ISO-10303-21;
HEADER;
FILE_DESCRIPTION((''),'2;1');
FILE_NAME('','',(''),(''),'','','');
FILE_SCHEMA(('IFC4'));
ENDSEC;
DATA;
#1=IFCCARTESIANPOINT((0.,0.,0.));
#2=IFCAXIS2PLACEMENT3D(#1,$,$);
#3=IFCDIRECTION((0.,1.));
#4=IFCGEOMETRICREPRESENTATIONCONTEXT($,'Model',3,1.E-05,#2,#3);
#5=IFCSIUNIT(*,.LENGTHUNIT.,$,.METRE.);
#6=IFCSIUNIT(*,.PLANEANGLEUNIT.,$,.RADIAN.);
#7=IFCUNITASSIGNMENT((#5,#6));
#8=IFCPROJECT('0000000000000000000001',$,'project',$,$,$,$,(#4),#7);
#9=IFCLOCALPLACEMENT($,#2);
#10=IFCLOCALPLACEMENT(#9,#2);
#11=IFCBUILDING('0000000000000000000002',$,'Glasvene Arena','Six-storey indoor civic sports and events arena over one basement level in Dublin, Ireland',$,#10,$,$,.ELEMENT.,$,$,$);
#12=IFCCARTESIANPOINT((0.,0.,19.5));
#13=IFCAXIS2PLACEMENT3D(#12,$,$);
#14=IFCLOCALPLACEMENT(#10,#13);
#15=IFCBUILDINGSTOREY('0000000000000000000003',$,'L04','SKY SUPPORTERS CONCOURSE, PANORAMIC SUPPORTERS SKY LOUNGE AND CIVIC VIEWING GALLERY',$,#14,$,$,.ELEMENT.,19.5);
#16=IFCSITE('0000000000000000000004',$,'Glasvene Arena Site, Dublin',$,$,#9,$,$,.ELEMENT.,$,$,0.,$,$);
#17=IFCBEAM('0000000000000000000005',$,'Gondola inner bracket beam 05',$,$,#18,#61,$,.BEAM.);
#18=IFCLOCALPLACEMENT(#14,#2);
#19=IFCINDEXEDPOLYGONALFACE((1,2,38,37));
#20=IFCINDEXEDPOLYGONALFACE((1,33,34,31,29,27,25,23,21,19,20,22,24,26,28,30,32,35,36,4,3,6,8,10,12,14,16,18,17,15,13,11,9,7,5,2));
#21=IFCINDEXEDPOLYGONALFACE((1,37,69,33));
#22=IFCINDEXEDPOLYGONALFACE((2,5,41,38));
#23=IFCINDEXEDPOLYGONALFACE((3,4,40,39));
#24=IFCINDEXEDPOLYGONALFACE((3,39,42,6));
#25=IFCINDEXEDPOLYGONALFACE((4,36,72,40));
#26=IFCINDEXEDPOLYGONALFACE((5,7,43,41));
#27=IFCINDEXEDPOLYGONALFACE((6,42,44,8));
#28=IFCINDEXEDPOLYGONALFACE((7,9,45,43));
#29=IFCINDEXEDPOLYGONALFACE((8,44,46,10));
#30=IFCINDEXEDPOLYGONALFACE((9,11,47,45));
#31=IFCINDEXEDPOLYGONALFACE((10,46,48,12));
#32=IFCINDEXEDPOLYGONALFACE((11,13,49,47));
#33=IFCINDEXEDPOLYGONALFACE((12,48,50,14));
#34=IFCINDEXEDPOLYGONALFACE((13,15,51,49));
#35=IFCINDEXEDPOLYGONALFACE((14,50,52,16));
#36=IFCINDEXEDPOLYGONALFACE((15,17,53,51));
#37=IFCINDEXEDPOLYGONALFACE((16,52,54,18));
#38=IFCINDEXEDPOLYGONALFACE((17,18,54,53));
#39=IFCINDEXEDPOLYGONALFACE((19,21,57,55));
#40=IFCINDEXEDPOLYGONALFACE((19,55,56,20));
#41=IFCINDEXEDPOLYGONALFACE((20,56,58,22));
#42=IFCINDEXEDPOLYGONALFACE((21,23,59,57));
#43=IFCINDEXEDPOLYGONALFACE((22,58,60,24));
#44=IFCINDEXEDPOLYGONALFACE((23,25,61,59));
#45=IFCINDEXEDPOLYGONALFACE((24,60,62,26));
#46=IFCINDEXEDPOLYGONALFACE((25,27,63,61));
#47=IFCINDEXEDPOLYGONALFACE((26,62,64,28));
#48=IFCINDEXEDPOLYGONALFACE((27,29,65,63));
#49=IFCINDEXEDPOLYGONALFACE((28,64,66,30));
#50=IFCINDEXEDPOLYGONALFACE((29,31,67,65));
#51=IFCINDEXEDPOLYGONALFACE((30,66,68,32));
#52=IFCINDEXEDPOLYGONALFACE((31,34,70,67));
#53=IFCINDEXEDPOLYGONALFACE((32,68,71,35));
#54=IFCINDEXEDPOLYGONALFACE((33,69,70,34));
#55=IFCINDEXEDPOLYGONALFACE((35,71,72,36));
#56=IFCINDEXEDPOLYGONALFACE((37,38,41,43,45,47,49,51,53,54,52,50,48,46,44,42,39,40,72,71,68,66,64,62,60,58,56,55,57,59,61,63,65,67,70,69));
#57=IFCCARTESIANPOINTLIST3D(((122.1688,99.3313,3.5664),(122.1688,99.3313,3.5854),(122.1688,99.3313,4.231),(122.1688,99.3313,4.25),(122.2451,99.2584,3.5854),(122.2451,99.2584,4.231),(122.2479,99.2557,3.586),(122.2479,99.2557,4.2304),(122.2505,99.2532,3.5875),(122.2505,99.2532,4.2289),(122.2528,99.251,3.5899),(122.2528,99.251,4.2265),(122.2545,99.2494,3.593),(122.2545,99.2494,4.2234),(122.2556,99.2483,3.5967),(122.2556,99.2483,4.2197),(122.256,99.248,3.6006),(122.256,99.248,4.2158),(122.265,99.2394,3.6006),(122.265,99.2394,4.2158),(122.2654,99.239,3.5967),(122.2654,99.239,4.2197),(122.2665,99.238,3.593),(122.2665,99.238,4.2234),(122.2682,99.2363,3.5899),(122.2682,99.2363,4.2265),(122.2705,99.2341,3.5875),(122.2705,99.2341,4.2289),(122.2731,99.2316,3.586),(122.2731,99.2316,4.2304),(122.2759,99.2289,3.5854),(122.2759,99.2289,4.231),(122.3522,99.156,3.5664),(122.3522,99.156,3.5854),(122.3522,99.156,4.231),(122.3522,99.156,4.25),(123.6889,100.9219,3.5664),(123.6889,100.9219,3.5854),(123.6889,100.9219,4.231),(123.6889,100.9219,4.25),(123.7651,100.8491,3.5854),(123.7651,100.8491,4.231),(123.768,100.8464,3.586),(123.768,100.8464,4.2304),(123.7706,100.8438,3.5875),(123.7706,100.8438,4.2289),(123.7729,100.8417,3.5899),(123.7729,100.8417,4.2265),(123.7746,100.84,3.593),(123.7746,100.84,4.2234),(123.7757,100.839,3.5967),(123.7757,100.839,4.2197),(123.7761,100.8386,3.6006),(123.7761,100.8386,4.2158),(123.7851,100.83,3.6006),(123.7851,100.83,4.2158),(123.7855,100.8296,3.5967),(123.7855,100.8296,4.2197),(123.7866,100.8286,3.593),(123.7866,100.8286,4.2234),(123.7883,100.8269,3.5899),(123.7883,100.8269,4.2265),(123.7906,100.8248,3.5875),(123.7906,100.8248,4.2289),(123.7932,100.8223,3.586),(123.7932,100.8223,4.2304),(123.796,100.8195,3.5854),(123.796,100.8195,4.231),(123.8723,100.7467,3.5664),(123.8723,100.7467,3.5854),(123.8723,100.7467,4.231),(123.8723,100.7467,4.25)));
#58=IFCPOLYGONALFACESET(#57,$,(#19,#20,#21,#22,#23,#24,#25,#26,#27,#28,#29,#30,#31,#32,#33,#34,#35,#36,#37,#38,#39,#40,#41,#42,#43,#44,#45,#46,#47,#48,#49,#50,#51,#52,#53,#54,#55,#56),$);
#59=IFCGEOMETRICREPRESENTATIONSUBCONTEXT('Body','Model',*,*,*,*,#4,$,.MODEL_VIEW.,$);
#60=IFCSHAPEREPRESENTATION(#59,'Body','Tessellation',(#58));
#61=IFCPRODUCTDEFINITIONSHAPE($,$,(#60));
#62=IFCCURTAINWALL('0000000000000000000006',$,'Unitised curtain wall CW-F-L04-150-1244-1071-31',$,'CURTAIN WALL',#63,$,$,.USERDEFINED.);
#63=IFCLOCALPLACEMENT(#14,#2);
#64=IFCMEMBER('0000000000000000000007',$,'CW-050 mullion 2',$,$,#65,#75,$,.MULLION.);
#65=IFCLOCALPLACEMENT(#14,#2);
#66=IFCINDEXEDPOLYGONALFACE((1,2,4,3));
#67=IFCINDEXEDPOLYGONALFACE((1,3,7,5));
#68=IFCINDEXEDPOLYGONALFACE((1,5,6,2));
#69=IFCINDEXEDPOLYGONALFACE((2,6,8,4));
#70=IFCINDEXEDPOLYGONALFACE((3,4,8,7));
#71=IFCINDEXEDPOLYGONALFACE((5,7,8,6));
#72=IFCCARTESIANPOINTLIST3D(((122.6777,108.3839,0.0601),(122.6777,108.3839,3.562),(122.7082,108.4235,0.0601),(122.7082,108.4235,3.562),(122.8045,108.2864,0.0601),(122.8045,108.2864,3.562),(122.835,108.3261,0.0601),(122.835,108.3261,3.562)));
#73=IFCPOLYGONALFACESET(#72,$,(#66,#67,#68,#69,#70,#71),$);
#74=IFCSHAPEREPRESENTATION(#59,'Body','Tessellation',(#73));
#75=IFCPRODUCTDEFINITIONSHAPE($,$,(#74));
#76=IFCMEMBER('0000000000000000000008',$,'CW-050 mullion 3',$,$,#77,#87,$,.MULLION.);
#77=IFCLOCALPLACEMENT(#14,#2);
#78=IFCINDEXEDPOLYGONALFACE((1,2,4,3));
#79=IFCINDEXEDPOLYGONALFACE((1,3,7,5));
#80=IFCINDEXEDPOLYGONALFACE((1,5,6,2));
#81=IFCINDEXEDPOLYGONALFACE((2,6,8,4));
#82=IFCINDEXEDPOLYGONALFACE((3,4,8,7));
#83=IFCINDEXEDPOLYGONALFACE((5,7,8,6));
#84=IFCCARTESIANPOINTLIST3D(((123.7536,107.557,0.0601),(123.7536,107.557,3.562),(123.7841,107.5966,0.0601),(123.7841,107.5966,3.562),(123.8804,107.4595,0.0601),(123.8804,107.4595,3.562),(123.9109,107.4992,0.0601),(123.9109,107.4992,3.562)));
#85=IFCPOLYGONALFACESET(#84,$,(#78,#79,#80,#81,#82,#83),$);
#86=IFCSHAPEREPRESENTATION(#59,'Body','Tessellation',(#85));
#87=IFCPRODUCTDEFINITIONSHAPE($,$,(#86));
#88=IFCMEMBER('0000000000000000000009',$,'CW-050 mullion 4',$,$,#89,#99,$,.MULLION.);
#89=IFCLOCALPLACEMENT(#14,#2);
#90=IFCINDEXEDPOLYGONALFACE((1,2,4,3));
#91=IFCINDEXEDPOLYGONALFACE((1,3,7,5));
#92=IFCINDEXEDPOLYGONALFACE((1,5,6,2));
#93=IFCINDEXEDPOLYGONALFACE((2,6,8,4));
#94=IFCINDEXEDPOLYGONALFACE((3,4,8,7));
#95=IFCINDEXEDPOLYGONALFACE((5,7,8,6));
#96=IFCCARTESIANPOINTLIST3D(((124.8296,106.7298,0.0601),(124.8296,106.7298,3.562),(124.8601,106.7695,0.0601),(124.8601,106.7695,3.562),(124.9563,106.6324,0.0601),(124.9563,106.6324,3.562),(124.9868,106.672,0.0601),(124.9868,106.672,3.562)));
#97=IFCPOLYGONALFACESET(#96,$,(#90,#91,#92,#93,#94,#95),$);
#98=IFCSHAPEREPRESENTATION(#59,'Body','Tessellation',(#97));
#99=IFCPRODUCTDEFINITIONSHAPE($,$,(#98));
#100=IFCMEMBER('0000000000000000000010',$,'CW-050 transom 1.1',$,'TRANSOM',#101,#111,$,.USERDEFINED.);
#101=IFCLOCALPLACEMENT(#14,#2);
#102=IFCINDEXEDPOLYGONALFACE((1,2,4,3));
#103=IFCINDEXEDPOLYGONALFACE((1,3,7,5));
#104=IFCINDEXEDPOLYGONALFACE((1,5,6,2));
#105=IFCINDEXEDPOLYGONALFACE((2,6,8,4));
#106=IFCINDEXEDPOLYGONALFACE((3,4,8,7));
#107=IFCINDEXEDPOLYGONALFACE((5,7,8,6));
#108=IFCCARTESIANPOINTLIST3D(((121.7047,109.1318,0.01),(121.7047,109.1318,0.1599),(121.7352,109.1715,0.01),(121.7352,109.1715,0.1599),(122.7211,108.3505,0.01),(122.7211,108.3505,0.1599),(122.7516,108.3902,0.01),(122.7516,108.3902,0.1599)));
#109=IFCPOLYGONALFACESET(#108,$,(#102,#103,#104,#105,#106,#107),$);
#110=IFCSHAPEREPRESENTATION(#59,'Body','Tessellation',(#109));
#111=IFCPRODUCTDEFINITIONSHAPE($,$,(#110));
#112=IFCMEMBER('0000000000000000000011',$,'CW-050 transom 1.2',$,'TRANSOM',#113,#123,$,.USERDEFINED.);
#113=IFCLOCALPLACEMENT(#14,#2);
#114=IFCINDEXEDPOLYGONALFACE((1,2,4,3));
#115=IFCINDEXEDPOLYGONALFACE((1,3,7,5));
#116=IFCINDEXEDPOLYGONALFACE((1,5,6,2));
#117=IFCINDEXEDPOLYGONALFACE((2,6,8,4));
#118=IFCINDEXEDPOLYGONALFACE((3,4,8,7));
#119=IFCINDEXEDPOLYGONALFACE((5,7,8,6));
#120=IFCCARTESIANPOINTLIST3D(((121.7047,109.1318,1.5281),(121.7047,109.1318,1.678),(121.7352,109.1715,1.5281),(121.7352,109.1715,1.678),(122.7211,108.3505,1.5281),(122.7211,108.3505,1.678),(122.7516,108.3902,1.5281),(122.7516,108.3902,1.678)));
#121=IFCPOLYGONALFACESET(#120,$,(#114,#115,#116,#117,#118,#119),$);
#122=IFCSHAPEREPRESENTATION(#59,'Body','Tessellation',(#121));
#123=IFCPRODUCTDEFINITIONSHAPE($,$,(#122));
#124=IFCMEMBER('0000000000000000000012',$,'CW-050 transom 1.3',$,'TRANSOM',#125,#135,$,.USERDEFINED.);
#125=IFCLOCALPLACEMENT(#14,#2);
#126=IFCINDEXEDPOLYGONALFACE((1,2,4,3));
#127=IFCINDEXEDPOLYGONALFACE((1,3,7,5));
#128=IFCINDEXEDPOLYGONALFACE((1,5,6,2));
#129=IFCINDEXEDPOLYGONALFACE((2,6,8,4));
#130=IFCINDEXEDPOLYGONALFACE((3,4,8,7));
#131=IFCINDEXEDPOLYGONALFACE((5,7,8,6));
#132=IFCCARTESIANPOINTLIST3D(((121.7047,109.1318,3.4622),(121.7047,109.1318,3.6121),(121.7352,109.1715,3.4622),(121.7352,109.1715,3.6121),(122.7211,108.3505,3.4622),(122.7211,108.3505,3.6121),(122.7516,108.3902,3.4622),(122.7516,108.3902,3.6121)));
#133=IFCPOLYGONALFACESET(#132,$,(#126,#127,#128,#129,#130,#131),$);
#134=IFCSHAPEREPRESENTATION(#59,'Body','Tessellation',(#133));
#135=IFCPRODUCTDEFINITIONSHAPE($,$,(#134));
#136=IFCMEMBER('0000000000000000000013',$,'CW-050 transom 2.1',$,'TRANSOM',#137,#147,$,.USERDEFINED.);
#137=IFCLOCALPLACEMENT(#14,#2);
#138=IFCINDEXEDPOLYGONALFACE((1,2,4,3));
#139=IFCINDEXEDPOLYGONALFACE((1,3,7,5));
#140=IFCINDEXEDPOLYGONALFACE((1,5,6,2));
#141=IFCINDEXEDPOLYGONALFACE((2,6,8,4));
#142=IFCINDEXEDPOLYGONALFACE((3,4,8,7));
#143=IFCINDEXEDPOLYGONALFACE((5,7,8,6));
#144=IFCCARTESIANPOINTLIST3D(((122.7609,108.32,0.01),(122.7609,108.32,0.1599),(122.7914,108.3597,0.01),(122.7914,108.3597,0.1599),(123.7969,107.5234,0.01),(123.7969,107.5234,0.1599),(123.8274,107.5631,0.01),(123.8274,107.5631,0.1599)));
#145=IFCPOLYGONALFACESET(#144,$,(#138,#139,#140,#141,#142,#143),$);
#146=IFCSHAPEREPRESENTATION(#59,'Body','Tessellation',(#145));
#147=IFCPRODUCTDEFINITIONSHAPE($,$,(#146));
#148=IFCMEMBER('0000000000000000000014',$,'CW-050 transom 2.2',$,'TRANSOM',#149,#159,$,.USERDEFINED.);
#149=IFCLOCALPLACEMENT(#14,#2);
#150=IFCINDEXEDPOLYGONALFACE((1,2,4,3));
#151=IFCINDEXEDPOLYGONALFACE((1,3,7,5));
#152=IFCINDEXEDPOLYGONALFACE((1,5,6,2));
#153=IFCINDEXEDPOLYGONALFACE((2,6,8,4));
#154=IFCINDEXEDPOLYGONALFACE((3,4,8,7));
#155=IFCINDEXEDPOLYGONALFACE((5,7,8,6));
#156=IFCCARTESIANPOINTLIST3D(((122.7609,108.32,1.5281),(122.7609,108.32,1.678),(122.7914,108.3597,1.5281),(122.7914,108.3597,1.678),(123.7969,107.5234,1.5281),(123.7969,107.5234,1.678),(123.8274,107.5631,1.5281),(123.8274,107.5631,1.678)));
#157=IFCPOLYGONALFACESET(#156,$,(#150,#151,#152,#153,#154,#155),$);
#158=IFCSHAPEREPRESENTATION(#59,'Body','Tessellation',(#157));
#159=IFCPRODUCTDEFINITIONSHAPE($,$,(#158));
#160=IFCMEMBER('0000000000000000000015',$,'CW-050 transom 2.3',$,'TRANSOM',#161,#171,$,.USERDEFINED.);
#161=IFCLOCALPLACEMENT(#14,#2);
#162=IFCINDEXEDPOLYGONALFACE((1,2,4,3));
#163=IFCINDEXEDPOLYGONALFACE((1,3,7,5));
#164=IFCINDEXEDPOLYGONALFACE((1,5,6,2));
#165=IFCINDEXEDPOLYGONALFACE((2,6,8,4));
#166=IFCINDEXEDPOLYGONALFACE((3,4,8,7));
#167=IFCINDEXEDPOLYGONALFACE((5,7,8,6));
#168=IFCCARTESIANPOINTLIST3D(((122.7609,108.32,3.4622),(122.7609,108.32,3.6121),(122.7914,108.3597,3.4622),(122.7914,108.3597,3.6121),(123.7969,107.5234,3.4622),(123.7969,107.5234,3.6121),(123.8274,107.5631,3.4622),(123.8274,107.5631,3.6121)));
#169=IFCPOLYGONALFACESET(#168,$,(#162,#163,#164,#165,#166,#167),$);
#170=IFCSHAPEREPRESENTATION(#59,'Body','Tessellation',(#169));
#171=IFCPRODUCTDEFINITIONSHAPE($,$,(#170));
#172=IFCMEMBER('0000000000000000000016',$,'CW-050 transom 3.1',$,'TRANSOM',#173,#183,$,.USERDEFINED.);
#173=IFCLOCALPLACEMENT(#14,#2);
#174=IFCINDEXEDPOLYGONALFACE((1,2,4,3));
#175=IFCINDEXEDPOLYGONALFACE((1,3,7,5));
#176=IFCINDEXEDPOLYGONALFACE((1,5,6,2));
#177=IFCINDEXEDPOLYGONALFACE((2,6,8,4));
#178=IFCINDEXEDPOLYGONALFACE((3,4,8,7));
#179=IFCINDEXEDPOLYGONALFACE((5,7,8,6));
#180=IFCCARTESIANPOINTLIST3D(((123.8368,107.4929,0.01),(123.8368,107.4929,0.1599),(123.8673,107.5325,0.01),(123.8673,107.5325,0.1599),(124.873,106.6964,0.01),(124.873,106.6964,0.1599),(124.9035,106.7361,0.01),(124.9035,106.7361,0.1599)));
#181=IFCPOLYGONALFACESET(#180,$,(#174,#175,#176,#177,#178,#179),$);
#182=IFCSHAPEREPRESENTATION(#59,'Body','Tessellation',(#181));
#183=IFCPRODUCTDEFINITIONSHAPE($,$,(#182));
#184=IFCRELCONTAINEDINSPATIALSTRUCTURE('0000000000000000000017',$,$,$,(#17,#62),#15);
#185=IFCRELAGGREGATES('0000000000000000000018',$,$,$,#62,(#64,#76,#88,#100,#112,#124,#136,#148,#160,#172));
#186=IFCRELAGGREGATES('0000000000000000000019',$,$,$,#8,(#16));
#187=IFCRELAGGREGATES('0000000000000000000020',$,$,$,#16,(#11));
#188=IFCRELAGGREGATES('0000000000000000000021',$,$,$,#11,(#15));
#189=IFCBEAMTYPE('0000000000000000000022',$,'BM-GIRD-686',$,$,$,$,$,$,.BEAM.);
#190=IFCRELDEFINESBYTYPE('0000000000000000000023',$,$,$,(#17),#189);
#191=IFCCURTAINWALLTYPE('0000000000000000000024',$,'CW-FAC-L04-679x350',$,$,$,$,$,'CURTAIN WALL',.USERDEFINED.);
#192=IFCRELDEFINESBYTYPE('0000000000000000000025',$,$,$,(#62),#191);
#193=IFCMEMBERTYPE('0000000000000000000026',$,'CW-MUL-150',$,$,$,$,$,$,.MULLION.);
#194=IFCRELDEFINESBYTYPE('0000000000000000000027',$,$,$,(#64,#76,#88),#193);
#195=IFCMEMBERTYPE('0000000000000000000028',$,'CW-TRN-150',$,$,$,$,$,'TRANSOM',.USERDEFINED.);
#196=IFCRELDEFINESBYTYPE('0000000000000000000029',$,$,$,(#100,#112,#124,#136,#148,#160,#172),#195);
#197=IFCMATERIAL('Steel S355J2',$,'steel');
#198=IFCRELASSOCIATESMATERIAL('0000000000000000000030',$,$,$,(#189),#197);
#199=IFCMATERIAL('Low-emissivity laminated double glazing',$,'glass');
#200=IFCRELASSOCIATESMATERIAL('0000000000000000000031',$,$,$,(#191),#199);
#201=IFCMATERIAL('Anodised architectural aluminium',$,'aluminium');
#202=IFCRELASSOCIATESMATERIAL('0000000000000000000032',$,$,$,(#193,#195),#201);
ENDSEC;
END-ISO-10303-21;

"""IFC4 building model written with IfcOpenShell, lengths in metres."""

from ifc_helpers import new_model, si_unit, direction, frame, origin, origin_2d, place, context, subcontext, project, spatial, rectangle, i_section, extrude, material, material_profile, profile_set, type_object, element, aggregate, save


model = new_model("IFC4")

# Units and contexts
model_context = context("Model", 3, precision=1e-05, world=origin(), true_north=direction((0.0, 1.0)))
body_context = subcontext(model_context, "Body", "Model", "MODEL_VIEW")
ifc_project = project(units=[si_unit("LENGTHUNIT", "METRE"), si_unit("PLANEANGLEUNIT", "RADIAN")], contexts=[model_context])

# Site, building, storey
site_placement = place(None, origin())
site = spatial("IfcSite", under=ifc_project, at=site_placement, Name="Glasvene Arena Site, Dublin", CompositionType="ELEMENT", RefElevation=0.0)
building_placement = place(site_placement, origin())
building = spatial("IfcBuilding", under=site, at=building_placement, Name="Glasvene Arena", Description="Six-storey indoor civic sports and events arena over one basement level in Dublin, Ireland", CompositionType="ELEMENT")
storey_placement = place(building_placement, frame((0.0, 0.0, 19.5)))
storey = spatial("IfcBuildingStorey", under=building, at=storey_placement, Name="L04", Description="SKY SUPPORTERS CONCOURSE, PANORAMIC SUPPORTERS SKY LOUNGE AND CIVIC VIEWING GALLERY", CompositionType="ELEMENT", Elevation=19.5)

# Shared definitions
ifc_material_1 = material(Name="Steel S355J2", Category="steel")

# Beam
ifc_material_profile_1 = material_profile(ifc_material_1, i_section(OverallWidth=0.2537, OverallDepth=0.6836, WebThickness=0.0125, FlangeThickness=0.019, FilletRadius=0.0151, at=origin_2d()), Name="UKB 686x254x140")
ifc_profile_set_1 = profile_set([ifc_material_profile_1], Name="Steel S355J2")
beam_type_1 = type_object("IfcBeamType", Name="BM-GIRD-686", PredefinedType="BEAM", material=ifc_profile_set_1)
beam_1_placement = place(storey_placement, frame((122.2605, 99.2437, 3.9082), z_axis=(0.69089, 0.72296, 0.0), x_axis=(-0.72296, 0.69089, 0.0)))
element("IfcBeam", 1, at=beam_1_placement, inside=storey, type_object=beam_type_1, Name="Gondola inner bracket beam 05", PredefinedType="BEAM", context=body_context, shape_type="SweptSolid", body=[
    extrude(i_section(OverallWidth=0.2537, OverallDepth=0.6836, WebThickness=0.0125, FlangeThickness=0.019, FilletRadius=0.0151, at=origin_2d()), origin(), (0.0, 0.0, 1.0), 2.2002),
])

# Curtain wall, members
ifc_material_2 = material(Name="Low-emissivity laminated double glazing", Category="glass")
curtain_wall_type = type_object("IfcCurtainWallType", Name="CW-FAC-L04-679x350", ElementType="CURTAIN WALL", PredefinedType="USERDEFINED", material=ifc_material_2)
curtain_wall_placement = place(storey_placement, frame((121.6804, 109.1821, 0.0)))
curtain_wall = element("IfcCurtainWall", 2, at=curtain_wall_placement, inside=storey, type_object=curtain_wall_type, Name="Unitised curtain wall CW-F-L04-150-1244-1071-31", ObjectType="CURTAIN WALL", PredefinedType="USERDEFINED")
ifc_material_3 = material(Name="Anodised architectural aluminium", Category="aluminium")
ifc_material_profile_2 = material_profile(ifc_material_3, rectangle(XDim=0.05, YDim=0.1599, at=origin_2d()), Name="ALU MULLION 50x160")
ifc_profile_set_2 = profile_set([ifc_material_profile_2], Name="Anodised architectural aluminium")
member_type_1 = type_object("IfcMemberType", Name="CW-MUL-150", PredefinedType="MULLION", material=ifc_profile_set_2)
member_1_placement = place(storey_placement, frame((122.7563, 108.355, 0.0601), z_axis=(0.0, 0.0, 1.0), x_axis=(0.60943, 0.79284, 0.0)))
member_1 = element("IfcMember", 3, at=member_1_placement, type_object=member_type_1, Name="CW-050 mullion 2", PredefinedType="MULLION", context=body_context, shape_type="SweptSolid", body=[
    extrude(rectangle(XDim=0.05, YDim=0.1599, at=origin_2d()), origin(), (0.0, 0.0, 1.0), 3.502),
])
member_2_placement = place(storey_placement, frame((123.8323, 107.5281, 0.0601), z_axis=(0.0, 0.0, 1.0), x_axis=(0.60943, 0.79284, 0.0)))
member_2 = element("IfcMember", 4, at=member_2_placement, type_object=member_type_1, Name="CW-050 mullion 3", PredefinedType="MULLION", context=body_context, shape_type="SweptSolid", body=[
    extrude(rectangle(XDim=0.05, YDim=0.1599, at=origin_2d()), origin(), (0.0, 0.0, 1.0), 3.502),
])
member_3_placement = place(storey_placement, frame((124.9082, 106.7009, 0.0601), z_axis=(0.0, 0.0, 1.0), x_axis=(0.60943, 0.79284, 0.0)))
member_3 = element("IfcMember", 5, at=member_3_placement, type_object=member_type_1, Name="CW-050 mullion 4", PredefinedType="MULLION", context=body_context, shape_type="SweptSolid", body=[
    extrude(rectangle(XDim=0.05, YDim=0.1599, at=origin_2d()), origin(), (0.0, 0.0, 1.0), 3.502),
])
ifc_material_profile_3 = material_profile(ifc_material_3, rectangle(XDim=0.05, YDim=0.1499, at=origin_2d()), Name="ALU TRANSOM 50x150")
ifc_profile_set_3 = profile_set([ifc_material_profile_3], Name="Anodised architectural aluminium")
member_type_2 = type_object("IfcMemberType", Name="CW-TRN-150", ElementType="TRANSOM", PredefinedType="USERDEFINED", material=ifc_profile_set_3)
member_4_placement = place(storey_placement, frame((121.72, 109.1516, 0.085), z_axis=(0.792836, -0.609435, 0.0), x_axis=(0.609435, 0.792836, 0.0)))
member_4 = element("IfcMember", 6, at=member_4_placement, type_object=member_type_2, Name="CW-050 transom 1.1", ObjectType="TRANSOM", PredefinedType="USERDEFINED", context=body_context, shape_type="SweptSolid", body=[
    extrude(rectangle(XDim=0.05, YDim=0.1499, at=origin_2d()), origin(), (0.0, 0.0, 1.0), 1.282),
])
member_5_placement = place(storey_placement, frame((121.72, 109.1516, 1.603), z_axis=(0.792836, -0.609435, 0.0), x_axis=(0.609435, 0.792836, 0.0)))
member_5 = element("IfcMember", 7, at=member_5_placement, type_object=member_type_2, Name="CW-050 transom 1.2", ObjectType="TRANSOM", PredefinedType="USERDEFINED", context=body_context, shape_type="SweptSolid", body=[
    extrude(rectangle(XDim=0.05, YDim=0.1499, at=origin_2d()), origin(), (0.0, 0.0, 1.0), 1.282),
])
member_6_placement = place(storey_placement, frame((121.72, 109.1516, 3.5371), z_axis=(0.792836, -0.609435, 0.0), x_axis=(0.609435, 0.792836, 0.0)))
member_6 = element("IfcMember", 8, at=member_6_placement, type_object=member_type_2, Name="CW-050 transom 1.3", ObjectType="TRANSOM", PredefinedType="USERDEFINED", context=body_context, shape_type="SweptSolid", body=[
    extrude(rectangle(XDim=0.05, YDim=0.1499, at=origin_2d()), origin(), (0.0, 0.0, 1.0), 1.282),
])
member_7_placement = place(storey_placement, frame((122.7761, 108.3398, 0.085), z_axis=(0.79277, -0.609521, 0.0), x_axis=(0.609521, 0.79277, 0.0)))
member_7 = element("IfcMember", 9, at=member_7_placement, type_object=member_type_2, Name="CW-050 transom 2.1", ObjectType="TRANSOM", PredefinedType="USERDEFINED", context=body_context, shape_type="SweptSolid", body=[
    extrude(rectangle(XDim=0.05, YDim=0.1499, at=origin_2d()), origin(), (0.0, 0.0, 1.0), 1.3069),
])
member_8_placement = place(storey_placement, frame((122.7761, 108.3398, 1.603), z_axis=(0.79277, -0.609521, 0.0), x_axis=(0.609521, 0.79277, 0.0)))
member_8 = element("IfcMember", 10, at=member_8_placement, type_object=member_type_2, Name="CW-050 transom 2.2", ObjectType="TRANSOM", PredefinedType="USERDEFINED", context=body_context, shape_type="SweptSolid", body=[
    extrude(rectangle(XDim=0.05, YDim=0.1499, at=origin_2d()), origin(), (0.0, 0.0, 1.0), 1.3069),
])
member_9_placement = place(storey_placement, frame((122.7761, 108.3398, 3.5371), z_axis=(0.79277, -0.609521, 0.0), x_axis=(0.609521, 0.79277, 0.0)))
member_9 = element("IfcMember", 11, at=member_9_placement, type_object=member_type_2, Name="CW-050 transom 2.3", ObjectType="TRANSOM", PredefinedType="USERDEFINED", context=body_context, shape_type="SweptSolid", body=[
    extrude(rectangle(XDim=0.05, YDim=0.1499, at=origin_2d()), origin(), (0.0, 0.0, 1.0), 1.3069),
])
member_10_placement = place(storey_placement, frame((123.8521, 107.5127, 0.085), z_axis=(0.79286, -0.609404, 0.0), x_axis=(0.609404, 0.79286, 0.0)))
member_10 = element("IfcMember", 12, at=member_10_placement, type_object=member_type_2, Name="CW-050 transom 3.1", ObjectType="TRANSOM", PredefinedType="USERDEFINED", context=body_context, shape_type="SweptSolid", body=[
    extrude(rectangle(XDim=0.05, YDim=0.1499, at=origin_2d()), origin(), (0.0, 0.0, 1.0), 1.3069),
])

aggregate(curtain_wall, [member_1, member_2, member_3, member_4, member_5, member_6, member_7, member_8, member_9, member_10])

save(model, "model.ifc")
